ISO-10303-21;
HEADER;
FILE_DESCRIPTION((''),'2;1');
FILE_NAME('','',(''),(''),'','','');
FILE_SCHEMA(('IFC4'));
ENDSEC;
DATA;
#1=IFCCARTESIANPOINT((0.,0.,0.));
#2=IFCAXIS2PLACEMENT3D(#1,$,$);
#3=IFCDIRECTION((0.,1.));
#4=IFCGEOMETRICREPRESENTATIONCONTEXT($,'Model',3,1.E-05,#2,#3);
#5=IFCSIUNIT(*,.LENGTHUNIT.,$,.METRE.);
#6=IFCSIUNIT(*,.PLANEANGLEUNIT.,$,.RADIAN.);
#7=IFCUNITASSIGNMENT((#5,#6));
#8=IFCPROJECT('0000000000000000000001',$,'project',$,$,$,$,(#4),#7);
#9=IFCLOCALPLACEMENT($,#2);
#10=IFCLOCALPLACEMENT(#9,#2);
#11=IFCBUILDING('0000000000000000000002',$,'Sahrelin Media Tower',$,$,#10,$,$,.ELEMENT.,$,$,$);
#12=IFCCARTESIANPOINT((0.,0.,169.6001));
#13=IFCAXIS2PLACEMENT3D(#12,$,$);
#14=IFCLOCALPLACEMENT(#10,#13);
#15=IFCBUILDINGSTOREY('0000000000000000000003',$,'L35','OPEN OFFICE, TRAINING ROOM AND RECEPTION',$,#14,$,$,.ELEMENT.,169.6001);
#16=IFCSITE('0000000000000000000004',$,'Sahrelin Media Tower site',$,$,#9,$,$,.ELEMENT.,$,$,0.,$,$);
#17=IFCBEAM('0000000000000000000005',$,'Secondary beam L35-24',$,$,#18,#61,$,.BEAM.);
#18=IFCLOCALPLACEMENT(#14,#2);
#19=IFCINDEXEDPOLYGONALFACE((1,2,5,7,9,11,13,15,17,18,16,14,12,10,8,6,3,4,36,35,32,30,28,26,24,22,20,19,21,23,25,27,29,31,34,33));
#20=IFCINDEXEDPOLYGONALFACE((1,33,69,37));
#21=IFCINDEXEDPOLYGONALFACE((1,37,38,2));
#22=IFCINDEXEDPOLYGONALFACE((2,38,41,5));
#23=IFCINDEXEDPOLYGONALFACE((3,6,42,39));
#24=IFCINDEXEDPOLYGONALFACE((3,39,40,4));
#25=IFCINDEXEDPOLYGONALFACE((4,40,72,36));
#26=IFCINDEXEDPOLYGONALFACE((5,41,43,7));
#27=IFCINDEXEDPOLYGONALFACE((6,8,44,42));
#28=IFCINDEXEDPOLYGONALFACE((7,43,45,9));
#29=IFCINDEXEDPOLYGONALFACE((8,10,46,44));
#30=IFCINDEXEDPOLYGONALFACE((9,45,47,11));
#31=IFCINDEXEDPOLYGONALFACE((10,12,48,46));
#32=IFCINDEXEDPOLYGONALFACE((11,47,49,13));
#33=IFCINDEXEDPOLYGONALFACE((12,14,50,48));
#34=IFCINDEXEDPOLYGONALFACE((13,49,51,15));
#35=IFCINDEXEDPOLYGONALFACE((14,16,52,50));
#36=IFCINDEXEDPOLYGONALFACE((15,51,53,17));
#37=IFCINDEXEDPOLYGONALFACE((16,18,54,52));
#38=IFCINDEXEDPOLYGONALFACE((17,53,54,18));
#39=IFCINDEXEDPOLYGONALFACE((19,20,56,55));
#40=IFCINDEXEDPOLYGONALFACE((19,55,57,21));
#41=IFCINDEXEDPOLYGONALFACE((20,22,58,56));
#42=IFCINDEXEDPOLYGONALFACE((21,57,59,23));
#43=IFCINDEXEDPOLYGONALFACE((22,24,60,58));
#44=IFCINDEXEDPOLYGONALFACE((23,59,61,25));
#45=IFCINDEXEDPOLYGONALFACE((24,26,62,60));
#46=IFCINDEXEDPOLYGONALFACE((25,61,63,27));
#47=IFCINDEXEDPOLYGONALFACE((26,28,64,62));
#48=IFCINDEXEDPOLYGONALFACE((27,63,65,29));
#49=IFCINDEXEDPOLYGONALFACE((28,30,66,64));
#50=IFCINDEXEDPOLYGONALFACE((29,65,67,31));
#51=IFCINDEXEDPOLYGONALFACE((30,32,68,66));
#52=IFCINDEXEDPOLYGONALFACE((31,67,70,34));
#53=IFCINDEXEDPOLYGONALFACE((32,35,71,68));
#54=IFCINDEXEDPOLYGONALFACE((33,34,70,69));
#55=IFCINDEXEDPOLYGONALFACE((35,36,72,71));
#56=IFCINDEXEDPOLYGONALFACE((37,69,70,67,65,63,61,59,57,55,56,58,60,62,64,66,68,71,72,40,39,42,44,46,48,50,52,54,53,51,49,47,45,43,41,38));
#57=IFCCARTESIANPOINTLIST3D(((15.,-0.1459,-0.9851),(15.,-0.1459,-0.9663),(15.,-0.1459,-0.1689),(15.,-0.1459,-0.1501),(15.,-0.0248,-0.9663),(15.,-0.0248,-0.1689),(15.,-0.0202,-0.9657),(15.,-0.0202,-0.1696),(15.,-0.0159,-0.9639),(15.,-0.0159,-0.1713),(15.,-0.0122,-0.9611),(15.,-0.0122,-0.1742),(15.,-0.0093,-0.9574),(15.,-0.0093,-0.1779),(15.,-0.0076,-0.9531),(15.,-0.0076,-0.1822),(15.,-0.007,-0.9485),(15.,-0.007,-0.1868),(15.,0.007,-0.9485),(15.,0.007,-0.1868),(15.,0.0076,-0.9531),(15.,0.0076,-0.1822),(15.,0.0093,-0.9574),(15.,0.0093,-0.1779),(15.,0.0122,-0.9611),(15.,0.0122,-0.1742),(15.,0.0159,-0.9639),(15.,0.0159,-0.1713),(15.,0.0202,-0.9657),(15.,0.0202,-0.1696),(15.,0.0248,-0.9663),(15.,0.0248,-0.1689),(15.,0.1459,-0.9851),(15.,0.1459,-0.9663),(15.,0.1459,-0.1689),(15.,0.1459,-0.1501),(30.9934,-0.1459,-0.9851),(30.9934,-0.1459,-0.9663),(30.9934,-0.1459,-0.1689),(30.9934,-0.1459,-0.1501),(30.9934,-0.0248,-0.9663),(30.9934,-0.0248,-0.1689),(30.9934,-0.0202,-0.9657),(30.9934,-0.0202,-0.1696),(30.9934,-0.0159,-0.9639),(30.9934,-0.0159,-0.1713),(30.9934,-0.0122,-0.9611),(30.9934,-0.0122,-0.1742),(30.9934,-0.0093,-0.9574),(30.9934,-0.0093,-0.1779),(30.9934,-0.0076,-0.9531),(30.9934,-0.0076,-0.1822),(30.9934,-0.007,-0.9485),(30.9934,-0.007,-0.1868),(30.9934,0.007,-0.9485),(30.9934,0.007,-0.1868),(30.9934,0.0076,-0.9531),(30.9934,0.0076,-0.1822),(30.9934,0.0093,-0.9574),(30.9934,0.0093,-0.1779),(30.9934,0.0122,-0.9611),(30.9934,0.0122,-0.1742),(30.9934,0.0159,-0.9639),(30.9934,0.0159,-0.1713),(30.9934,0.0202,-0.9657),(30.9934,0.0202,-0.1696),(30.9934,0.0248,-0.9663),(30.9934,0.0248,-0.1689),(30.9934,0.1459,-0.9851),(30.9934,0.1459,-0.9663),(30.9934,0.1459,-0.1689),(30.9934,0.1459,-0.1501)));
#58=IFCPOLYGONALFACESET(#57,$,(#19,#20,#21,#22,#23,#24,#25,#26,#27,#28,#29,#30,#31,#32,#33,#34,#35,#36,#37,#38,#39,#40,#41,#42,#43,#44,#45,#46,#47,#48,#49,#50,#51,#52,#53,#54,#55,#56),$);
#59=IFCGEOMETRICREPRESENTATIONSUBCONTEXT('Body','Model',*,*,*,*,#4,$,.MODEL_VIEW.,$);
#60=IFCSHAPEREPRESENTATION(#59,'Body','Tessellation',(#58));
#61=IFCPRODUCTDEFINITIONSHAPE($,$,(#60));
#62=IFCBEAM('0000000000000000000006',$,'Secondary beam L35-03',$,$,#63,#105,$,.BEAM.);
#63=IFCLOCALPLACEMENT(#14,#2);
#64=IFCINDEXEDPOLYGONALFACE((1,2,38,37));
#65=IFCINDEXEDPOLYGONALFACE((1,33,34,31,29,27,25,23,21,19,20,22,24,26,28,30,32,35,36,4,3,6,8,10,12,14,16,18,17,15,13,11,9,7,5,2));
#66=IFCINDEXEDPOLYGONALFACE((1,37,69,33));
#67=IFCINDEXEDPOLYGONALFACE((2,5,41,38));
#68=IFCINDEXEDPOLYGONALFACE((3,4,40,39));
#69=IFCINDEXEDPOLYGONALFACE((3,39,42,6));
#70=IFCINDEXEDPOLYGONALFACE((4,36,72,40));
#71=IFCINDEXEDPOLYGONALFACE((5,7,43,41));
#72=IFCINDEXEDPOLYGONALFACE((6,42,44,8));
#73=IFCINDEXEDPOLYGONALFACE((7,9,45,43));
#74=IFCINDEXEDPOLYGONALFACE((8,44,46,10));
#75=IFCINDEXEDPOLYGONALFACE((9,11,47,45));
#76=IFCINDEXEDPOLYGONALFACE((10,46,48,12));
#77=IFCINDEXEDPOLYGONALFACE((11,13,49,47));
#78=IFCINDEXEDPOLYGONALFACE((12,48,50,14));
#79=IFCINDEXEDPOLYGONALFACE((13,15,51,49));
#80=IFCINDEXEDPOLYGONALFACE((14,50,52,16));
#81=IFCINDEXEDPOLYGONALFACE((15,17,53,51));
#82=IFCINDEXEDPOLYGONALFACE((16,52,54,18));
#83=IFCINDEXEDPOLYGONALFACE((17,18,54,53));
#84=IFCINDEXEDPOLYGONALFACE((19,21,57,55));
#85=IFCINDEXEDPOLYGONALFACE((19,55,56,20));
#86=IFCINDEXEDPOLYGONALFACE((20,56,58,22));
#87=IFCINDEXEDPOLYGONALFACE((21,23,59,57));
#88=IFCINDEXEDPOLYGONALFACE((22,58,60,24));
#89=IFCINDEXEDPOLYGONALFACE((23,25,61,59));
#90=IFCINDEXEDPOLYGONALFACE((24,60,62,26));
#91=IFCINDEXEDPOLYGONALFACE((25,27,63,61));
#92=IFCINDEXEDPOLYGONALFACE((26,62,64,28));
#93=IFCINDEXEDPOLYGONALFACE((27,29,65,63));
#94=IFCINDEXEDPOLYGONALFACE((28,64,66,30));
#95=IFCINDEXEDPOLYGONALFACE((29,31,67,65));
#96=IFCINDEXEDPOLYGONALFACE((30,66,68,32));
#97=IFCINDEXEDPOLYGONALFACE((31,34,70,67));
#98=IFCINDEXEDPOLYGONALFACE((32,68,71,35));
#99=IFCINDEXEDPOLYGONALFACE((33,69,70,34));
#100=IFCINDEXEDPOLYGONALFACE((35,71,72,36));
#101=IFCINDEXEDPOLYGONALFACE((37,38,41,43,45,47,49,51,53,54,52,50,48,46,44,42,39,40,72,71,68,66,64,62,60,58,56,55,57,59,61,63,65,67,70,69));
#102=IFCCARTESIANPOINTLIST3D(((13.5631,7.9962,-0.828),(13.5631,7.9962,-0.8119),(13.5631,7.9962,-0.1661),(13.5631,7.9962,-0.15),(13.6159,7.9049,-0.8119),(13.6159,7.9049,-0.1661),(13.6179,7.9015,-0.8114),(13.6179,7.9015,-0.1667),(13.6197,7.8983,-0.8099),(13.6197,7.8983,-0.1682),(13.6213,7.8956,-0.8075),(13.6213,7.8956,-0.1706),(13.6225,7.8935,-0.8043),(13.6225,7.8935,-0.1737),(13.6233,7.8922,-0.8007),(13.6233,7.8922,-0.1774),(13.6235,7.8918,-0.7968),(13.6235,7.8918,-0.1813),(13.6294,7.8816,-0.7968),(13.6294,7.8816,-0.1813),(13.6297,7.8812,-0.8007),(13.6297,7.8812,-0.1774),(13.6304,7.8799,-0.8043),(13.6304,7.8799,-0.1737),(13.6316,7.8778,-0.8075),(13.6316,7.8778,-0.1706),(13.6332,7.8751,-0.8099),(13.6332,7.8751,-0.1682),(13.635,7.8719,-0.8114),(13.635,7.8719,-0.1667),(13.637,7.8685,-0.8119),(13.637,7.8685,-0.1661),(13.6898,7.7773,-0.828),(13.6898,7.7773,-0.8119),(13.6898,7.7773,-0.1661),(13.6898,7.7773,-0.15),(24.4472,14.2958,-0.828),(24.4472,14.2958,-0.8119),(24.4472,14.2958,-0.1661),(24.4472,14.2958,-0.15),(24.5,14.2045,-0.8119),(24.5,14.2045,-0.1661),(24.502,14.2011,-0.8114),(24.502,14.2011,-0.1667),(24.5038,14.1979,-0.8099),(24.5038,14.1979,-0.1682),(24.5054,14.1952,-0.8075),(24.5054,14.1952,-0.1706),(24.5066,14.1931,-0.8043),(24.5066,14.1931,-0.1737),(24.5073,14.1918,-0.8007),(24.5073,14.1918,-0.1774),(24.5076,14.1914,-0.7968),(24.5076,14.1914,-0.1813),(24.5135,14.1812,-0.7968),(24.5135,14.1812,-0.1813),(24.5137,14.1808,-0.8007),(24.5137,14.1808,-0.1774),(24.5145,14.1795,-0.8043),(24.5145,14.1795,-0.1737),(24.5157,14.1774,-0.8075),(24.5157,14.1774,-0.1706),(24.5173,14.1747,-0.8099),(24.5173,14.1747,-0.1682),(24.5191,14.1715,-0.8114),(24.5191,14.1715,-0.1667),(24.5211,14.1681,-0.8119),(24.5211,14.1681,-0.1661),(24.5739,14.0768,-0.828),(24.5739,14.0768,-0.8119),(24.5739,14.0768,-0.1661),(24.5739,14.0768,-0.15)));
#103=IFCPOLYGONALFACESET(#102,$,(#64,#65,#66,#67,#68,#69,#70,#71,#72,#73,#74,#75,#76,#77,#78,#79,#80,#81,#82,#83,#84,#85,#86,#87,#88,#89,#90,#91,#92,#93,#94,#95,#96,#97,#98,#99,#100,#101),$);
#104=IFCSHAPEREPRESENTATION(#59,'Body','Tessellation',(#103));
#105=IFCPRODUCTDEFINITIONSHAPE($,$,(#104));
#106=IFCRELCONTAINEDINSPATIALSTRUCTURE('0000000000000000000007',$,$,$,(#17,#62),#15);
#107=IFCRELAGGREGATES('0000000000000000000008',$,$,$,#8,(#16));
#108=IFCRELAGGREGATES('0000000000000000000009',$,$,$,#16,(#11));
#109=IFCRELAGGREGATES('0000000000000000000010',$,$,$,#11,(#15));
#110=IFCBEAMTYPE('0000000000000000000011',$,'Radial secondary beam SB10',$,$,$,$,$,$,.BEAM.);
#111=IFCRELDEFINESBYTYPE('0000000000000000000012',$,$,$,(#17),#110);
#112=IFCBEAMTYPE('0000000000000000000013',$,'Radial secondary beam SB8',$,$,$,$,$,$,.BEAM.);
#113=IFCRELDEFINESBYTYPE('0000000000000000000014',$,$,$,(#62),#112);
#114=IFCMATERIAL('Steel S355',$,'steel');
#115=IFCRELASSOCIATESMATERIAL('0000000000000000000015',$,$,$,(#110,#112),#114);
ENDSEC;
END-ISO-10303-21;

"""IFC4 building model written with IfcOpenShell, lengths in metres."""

from ifc_helpers import new_model, si_unit, direction, frame, origin, origin_2d, place, context, subcontext, project, spatial, i_section, extrude, material, material_profile, profile_set, type_object, element, save


model = new_model("IFC4")

# Units and contexts
model_context = context("Model", 3, precision=1e-05, world=origin(), true_north=direction((0.0, 1.0)))
body_context = subcontext(model_context, "Body", "Model", "MODEL_VIEW")
ifc_project = project(units=[si_unit("LENGTHUNIT", "METRE"), si_unit("PLANEANGLEUNIT", "RADIAN")], contexts=[model_context])

# Site, building, storey
site_placement = place(None, origin())
site = spatial("IfcSite", under=ifc_project, at=site_placement, Name="Sahrelin Media Tower site", CompositionType="ELEMENT", RefElevation=0.0)
building_placement = place(site_placement, origin())
building = spatial("IfcBuilding", under=site, at=building_placement, Name="Sahrelin Media Tower", CompositionType="ELEMENT")
storey_placement = place(building_placement, frame((0.0, 0.0, 169.6001)))
storey = spatial("IfcBuildingStorey", under=building, at=storey_placement, Name="L35", Description="OPEN OFFICE, TRAINING ROOM AND RECEPTION", CompositionType="ELEMENT", Elevation=169.6001)

# Beams
ifc_material_1 = material(Name="Steel S355", Category="steel")
ifc_material_profile_1 = material_profile(ifc_material_1, i_section(OverallWidth=0.2917, OverallDepth=0.835, WebThickness=0.0139, FlangeThickness=0.0188, FilletRadius=0.0178, at=origin_2d()), Name="UB 838x292x176")
ifc_profile_set_1 = profile_set([ifc_material_profile_1], Name="Steel S355")
beam_type_1 = type_object("IfcBeamType", Name="Radial secondary beam SB10", PredefinedType="BEAM", material=ifc_profile_set_1)
beam_1_placement = place(storey_placement, frame((15.0, 0.0, -0.5676), z_axis=(1.0, 0.0, 0.0), x_axis=(0.0, 1.0, 0.0)))
element("IfcBeam", 1, at=beam_1_placement, inside=storey, type_object=beam_type_1, Name="Secondary beam L35-24", PredefinedType="BEAM", context=body_context, shape_type="SweptSolid", body=[
    extrude(i_section(OverallWidth=0.2917, OverallDepth=0.835, WebThickness=0.0139, FlangeThickness=0.0188, FilletRadius=0.0178, at=origin_2d()), origin(), (0.0, 0.0, 1.0), 15.9934),
])
ifc_material_profile_2 = material_profile(ifc_material_1, i_section(OverallWidth=0.2529, OverallDepth=0.678, WebThickness=0.0117, FlangeThickness=0.0161, FilletRadius=0.0151, at=origin_2d()), Name="UB 686x254x125")
ifc_profile_set_2 = profile_set([ifc_material_profile_2], Name="Steel S355")
beam_type_2 = type_object("IfcBeamType", Name="Radial secondary beam SB8", PredefinedType="BEAM", material=ifc_profile_set_2)
beam_2_placement = place(storey_placement, frame((13.6265, 7.8867, -0.489), z_axis=(0.865486, 0.500934, 0.0), x_axis=(-0.500934, 0.865486, 0.0)))
element("IfcBeam", 2, at=beam_2_placement, inside=storey, type_object=beam_type_2, Name="Secondary beam L35-03", PredefinedType="BEAM", context=body_context, shape_type="SweptSolid", body=[
    extrude(i_section(OverallWidth=0.2529, OverallDepth=0.678, WebThickness=0.0117, FlangeThickness=0.0161, FilletRadius=0.0151, at=origin_2d()), origin(), (0.0, 0.0, 1.0), 12.5757),
])

save(model, "model.ifc")
